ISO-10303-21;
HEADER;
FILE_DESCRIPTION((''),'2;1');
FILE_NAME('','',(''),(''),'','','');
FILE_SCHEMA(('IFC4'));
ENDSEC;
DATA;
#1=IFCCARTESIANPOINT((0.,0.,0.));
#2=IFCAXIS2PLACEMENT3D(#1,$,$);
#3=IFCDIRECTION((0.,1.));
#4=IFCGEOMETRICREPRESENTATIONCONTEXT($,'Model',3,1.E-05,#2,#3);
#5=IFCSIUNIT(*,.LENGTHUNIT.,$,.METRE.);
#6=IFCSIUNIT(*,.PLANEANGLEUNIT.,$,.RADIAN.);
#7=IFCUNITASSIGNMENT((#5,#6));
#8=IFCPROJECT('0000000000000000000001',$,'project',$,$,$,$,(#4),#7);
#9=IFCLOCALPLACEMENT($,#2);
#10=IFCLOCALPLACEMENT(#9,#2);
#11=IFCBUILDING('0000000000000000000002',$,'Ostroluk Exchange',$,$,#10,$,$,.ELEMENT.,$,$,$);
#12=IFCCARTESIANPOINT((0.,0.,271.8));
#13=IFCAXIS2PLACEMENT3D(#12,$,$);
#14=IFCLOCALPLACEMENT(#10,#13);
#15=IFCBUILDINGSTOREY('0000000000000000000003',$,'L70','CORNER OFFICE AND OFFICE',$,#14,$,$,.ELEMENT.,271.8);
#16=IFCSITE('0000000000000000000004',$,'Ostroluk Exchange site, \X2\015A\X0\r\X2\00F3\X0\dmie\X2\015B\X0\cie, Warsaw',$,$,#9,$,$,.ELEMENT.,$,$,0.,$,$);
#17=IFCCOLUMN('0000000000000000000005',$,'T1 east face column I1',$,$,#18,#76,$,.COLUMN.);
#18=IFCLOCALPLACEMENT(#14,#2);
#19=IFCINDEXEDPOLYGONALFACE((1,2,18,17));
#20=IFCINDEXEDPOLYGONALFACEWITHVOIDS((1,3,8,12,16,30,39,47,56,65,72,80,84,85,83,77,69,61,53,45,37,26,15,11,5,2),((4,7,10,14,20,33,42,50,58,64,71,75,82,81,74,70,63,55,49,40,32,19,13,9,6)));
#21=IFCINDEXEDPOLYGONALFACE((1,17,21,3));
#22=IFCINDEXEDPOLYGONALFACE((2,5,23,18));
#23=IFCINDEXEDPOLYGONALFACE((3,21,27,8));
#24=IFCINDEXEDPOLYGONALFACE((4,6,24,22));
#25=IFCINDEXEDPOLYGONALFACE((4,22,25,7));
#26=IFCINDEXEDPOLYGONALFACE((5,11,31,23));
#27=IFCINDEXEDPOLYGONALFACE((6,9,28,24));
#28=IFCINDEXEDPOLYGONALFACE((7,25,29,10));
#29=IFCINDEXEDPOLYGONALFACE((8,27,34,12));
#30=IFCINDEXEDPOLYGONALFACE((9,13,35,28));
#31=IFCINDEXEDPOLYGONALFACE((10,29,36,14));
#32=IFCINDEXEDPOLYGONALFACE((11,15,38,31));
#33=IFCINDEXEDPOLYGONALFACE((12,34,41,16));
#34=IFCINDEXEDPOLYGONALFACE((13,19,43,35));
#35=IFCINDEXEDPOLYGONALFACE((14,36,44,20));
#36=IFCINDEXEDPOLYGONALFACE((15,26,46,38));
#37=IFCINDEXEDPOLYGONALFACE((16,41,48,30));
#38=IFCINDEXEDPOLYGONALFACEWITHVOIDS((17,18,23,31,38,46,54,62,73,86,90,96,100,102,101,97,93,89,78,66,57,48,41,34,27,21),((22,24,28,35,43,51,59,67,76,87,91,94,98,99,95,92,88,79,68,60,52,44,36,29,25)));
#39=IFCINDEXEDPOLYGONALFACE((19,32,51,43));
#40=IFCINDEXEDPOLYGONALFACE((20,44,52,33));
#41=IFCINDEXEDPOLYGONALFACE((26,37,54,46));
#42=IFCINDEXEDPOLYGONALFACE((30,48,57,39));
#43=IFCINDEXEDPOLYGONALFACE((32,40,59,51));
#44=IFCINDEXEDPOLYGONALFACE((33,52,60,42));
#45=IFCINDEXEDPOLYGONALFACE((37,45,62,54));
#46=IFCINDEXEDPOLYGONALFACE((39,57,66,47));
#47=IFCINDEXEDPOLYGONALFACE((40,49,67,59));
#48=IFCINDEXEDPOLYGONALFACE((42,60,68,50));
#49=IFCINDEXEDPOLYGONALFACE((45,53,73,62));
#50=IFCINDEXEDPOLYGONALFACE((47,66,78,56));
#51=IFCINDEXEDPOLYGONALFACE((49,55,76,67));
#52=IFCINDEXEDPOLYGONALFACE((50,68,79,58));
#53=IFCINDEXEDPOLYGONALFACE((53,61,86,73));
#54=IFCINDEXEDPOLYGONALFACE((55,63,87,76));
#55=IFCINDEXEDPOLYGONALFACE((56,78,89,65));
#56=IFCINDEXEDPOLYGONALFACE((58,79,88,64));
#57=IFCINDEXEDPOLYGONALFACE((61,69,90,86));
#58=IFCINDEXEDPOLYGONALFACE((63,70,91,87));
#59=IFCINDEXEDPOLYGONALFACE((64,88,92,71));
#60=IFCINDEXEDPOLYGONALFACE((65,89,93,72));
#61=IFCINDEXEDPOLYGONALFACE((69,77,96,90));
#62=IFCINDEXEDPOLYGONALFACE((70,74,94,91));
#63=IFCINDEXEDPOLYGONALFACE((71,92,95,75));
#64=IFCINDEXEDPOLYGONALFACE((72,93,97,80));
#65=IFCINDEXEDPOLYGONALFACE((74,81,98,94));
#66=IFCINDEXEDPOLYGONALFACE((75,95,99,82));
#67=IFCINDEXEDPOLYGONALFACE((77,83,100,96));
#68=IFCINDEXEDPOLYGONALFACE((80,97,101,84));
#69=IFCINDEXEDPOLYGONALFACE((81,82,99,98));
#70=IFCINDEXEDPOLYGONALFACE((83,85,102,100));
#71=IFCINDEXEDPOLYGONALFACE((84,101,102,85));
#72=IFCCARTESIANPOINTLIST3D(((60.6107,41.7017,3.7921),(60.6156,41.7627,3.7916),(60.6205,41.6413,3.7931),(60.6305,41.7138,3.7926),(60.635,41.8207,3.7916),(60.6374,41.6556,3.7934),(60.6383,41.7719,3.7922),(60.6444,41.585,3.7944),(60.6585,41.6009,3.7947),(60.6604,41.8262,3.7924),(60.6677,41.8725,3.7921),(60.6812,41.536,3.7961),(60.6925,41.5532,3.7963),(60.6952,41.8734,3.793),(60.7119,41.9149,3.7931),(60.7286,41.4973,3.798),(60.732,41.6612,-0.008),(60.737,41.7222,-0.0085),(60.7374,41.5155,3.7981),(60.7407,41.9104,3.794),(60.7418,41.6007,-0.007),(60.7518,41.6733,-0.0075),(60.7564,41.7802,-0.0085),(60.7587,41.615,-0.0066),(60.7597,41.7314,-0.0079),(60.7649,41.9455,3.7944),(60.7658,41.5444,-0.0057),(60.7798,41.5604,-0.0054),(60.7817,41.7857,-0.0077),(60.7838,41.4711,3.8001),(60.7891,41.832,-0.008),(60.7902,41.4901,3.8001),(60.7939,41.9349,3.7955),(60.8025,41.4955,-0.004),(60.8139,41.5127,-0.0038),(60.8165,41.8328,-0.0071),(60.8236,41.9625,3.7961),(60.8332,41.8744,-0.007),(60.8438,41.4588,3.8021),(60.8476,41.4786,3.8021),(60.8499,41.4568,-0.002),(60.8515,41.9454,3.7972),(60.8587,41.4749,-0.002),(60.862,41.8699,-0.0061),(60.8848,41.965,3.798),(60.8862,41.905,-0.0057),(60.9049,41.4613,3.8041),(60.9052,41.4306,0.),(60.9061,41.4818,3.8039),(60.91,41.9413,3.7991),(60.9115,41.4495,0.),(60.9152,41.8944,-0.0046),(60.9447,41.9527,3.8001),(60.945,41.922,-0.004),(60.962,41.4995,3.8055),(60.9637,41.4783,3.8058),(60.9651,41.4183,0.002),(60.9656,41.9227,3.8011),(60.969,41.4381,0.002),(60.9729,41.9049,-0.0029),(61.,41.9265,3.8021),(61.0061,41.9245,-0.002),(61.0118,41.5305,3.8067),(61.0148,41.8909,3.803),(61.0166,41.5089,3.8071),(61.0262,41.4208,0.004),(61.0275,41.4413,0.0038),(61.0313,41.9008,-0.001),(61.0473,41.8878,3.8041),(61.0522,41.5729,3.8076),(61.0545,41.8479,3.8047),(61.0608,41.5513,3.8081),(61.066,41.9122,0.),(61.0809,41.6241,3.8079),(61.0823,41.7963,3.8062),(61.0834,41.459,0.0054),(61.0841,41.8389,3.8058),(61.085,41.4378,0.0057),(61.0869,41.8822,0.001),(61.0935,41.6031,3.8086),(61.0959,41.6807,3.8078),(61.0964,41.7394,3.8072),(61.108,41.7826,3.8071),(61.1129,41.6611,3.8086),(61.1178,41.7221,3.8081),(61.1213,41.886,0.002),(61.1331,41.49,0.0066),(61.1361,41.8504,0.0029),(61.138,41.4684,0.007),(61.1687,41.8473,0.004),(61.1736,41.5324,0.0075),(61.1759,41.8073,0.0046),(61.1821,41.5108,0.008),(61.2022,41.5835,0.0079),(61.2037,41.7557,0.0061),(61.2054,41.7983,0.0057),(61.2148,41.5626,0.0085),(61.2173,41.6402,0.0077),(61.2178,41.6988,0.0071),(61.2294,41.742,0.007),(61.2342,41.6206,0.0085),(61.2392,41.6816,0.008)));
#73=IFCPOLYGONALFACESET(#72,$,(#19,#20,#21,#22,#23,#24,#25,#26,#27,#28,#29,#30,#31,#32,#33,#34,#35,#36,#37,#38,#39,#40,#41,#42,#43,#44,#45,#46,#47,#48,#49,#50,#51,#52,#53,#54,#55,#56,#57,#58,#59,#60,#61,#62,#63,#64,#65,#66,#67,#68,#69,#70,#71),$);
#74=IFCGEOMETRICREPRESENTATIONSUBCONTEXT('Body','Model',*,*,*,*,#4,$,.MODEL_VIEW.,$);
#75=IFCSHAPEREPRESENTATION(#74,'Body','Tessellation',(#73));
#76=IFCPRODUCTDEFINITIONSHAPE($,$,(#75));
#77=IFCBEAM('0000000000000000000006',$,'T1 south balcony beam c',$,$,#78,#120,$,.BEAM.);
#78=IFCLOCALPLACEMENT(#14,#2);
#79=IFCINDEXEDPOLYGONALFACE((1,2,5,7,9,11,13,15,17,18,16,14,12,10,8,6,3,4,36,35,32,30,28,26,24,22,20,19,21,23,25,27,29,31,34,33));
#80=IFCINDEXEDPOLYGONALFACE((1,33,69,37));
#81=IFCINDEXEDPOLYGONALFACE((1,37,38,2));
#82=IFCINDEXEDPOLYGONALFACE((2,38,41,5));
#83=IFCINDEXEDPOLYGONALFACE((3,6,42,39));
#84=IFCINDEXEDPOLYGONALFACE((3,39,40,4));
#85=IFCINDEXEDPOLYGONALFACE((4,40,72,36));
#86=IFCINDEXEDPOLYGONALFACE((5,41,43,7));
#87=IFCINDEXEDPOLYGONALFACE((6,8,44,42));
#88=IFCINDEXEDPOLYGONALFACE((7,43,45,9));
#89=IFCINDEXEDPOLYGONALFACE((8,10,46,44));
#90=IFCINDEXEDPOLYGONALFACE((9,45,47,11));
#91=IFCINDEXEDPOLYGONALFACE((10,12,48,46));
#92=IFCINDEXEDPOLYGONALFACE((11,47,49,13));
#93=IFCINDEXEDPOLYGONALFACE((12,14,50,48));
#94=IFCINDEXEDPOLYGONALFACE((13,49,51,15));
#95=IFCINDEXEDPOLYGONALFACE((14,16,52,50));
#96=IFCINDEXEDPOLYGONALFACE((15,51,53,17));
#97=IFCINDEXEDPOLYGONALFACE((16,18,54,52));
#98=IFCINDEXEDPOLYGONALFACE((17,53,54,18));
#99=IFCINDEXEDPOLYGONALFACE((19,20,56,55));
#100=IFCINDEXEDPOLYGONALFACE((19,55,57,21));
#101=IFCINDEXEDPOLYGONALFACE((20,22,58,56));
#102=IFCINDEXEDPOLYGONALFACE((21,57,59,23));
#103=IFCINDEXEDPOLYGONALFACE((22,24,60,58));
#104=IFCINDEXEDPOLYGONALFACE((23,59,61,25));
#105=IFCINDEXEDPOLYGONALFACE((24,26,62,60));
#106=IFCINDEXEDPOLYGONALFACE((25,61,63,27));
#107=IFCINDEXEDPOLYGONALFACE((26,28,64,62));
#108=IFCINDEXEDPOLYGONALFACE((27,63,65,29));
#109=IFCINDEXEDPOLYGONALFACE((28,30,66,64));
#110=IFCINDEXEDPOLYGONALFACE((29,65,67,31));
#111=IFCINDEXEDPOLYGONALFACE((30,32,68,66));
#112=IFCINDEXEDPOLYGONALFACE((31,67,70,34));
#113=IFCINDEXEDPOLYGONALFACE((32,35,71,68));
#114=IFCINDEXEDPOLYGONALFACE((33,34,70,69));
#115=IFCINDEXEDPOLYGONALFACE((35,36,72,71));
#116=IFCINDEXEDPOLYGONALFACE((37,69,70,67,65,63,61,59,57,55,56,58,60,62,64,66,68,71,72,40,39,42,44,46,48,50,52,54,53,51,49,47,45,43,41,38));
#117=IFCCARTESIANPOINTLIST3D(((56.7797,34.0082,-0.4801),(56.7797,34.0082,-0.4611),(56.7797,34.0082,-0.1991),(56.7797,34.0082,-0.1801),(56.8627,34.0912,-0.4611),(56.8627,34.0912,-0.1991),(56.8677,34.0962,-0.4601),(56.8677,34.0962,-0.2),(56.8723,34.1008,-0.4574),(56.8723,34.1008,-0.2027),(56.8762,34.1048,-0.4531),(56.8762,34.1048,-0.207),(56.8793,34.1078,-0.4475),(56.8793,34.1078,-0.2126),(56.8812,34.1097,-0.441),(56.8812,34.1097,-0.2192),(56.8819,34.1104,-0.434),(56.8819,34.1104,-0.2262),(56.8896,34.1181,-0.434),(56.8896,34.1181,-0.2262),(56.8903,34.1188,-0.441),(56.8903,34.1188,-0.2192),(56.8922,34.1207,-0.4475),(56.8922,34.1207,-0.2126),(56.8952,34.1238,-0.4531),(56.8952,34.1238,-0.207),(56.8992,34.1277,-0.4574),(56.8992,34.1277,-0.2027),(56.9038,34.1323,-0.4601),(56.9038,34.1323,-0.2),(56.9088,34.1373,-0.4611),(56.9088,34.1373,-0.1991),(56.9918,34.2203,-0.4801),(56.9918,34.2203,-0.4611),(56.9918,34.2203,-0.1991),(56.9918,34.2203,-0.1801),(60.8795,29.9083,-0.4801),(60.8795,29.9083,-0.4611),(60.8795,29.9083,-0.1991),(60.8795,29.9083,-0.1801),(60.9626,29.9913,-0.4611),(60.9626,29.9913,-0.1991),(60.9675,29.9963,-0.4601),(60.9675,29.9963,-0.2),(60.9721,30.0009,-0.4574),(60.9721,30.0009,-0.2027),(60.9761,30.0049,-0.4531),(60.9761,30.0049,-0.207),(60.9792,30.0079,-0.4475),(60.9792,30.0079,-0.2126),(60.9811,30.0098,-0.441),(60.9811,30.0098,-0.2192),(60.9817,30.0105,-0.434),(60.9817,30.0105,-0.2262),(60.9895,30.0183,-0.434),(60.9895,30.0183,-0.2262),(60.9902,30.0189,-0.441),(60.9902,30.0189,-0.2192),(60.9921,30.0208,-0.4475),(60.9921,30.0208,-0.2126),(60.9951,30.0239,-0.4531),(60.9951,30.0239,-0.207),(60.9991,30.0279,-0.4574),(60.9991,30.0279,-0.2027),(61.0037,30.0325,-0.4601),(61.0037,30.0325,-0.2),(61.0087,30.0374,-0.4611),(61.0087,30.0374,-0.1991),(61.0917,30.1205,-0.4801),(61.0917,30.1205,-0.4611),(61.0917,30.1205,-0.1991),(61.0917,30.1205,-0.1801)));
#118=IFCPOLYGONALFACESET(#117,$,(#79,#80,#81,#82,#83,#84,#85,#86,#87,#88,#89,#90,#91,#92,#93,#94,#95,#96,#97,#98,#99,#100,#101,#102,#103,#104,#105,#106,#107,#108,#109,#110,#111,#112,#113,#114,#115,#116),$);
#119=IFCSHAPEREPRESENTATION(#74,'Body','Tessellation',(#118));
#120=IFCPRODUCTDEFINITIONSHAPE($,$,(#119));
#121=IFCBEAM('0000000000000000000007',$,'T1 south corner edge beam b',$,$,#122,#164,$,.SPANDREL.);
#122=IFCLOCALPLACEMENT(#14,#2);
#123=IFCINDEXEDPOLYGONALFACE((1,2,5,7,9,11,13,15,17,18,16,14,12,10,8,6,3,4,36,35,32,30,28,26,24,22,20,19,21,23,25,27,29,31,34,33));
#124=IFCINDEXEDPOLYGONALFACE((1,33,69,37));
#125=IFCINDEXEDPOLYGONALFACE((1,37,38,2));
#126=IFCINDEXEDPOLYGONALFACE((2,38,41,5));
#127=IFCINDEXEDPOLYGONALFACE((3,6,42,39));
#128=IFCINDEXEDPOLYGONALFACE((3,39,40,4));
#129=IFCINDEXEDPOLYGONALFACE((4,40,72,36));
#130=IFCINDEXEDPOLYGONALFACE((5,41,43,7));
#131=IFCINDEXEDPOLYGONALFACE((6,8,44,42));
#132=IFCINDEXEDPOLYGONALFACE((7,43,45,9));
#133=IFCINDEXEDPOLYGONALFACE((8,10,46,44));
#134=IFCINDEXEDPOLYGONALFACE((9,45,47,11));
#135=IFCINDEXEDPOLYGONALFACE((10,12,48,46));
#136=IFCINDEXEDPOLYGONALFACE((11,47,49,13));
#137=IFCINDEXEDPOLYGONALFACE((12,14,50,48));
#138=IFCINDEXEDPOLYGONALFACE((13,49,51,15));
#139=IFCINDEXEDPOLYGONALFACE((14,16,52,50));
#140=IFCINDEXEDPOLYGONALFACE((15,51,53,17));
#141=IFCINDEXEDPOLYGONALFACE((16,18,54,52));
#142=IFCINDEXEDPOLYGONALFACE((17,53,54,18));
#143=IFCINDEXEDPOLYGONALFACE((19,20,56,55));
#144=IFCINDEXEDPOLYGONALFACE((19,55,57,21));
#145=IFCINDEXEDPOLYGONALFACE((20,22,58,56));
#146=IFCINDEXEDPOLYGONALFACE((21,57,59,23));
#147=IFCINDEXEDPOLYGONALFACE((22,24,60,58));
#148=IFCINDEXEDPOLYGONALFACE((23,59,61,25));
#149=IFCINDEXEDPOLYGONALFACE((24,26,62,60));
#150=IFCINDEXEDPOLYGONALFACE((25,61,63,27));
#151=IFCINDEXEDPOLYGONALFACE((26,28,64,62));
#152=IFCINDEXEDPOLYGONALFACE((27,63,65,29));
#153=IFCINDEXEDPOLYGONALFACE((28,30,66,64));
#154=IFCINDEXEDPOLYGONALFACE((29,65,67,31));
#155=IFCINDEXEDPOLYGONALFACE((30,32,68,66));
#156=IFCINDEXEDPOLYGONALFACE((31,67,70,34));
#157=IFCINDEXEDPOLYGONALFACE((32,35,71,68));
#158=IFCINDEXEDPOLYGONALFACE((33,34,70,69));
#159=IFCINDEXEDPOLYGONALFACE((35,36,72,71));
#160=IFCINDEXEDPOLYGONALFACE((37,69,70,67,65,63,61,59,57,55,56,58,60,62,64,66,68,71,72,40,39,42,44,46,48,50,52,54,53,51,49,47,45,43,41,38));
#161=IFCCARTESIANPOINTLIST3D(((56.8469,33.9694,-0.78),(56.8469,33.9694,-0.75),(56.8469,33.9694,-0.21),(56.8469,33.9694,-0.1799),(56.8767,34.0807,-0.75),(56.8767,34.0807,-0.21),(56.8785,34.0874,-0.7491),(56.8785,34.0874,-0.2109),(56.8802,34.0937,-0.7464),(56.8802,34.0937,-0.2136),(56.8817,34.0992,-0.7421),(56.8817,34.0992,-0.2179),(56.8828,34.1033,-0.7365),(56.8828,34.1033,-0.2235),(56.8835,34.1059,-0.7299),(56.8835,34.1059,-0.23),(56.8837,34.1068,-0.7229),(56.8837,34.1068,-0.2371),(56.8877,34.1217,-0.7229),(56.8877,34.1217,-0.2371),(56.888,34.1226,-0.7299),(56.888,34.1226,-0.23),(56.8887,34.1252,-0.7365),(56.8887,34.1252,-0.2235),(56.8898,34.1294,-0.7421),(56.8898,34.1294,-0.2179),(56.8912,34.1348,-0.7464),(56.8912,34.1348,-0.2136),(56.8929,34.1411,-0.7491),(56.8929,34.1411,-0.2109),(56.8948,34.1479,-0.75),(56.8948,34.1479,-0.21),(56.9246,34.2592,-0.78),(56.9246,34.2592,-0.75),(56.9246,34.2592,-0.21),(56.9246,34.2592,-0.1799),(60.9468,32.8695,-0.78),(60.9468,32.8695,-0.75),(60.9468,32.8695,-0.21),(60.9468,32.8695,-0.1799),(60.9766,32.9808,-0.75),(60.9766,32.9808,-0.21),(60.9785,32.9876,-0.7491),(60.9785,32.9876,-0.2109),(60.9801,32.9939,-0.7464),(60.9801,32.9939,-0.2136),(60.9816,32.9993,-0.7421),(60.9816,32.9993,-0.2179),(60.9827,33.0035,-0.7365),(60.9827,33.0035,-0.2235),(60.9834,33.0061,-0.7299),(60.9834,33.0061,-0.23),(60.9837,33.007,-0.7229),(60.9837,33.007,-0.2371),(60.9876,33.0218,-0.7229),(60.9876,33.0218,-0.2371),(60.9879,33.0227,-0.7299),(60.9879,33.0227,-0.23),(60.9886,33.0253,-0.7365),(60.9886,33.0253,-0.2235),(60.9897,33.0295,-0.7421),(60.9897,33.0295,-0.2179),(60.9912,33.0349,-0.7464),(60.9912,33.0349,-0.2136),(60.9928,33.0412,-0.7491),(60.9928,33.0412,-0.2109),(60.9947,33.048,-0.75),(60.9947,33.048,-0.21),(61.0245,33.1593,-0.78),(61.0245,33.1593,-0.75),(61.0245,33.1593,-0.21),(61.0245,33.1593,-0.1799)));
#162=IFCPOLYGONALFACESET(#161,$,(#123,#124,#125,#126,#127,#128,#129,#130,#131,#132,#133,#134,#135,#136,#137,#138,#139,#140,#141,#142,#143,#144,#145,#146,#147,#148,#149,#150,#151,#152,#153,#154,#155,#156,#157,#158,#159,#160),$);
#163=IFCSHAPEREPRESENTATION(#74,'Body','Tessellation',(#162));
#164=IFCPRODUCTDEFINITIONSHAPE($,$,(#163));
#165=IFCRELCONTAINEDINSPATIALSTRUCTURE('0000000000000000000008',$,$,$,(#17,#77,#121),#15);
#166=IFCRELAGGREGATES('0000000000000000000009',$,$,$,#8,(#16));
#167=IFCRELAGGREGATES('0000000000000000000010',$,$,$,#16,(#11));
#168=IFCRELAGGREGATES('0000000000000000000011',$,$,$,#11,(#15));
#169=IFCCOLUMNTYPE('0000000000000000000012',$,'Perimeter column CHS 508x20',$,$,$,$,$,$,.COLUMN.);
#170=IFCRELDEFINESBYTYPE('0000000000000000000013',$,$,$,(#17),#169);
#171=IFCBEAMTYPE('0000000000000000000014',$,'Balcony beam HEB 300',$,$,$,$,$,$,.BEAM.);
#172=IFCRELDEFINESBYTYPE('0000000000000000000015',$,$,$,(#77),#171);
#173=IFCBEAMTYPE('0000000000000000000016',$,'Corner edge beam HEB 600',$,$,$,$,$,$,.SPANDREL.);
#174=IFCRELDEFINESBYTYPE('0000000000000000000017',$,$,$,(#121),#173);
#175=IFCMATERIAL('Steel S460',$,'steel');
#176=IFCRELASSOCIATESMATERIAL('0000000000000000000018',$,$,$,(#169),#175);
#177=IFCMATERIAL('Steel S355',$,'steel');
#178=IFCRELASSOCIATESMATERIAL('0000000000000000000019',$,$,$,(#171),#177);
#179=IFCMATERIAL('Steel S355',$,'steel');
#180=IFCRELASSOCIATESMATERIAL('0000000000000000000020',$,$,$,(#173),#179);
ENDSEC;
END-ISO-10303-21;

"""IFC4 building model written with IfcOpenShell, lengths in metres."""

from ifc_helpers import new_model, si_unit, direction, frame, origin, origin_2d, place, context, subcontext, project, spatial, hollow_circle, i_section, extrude, material, material_profile, profile_set, type_object, element, save


model = new_model("IFC4")

# Units and contexts
model_context = context("Model", 3, precision=1e-05, world=origin(), true_north=direction((0.0, 1.0)))
body_context = subcontext(model_context, "Body", "Model", "MODEL_VIEW")
ifc_project = project(units=[si_unit("LENGTHUNIT", "METRE"), si_unit("PLANEANGLEUNIT", "RADIAN")], contexts=[model_context])

# Site, building, storey
site_placement = place(None, origin())
site = spatial("IfcSite", under=ifc_project, at=site_placement, Name="Ostroluk Exchange site, Śródmieście, Warsaw", CompositionType="ELEMENT", RefElevation=0.0)
building_placement = place(site_placement, origin())
building = spatial("IfcBuilding", under=site, at=building_placement, Name="Ostroluk Exchange", CompositionType="ELEMENT")
storey_placement = place(building_placement, frame((0.0, 0.0, 271.8)))
storey = spatial("IfcBuildingStorey", under=building, at=storey_placement, Name="L70", Description="CORNER OFFICE AND OFFICE", CompositionType="ELEMENT", Elevation=271.8)

# Column
ifc_material_1 = material(Name="Steel S460", Category="steel")
ifc_material_profile_1 = material_profile(ifc_material_1, hollow_circle(Radius=0.2539, WallThickness=0.02, at=origin_2d()), Name="CHS 508x20")
ifc_profile_set_1 = profile_set([ifc_material_profile_1], Name="Steel S460")
column_type = type_object("IfcColumnType", Name="Perimeter column CHS 508x20", PredefinedType="COLUMN", material=ifc_profile_set_1)
column_placement = place(storey_placement, frame((60.9856, 41.6714, 0.0), z_axis=(-0.031913, 0.010659, 0.999434), x_axis=(-0.3168, -0.948492, 0.0)))
element("IfcColumn", 1, at=column_placement, inside=storey, type_object=column_type, Name="T1 east face column I1", PredefinedType="COLUMN", context=body_context, shape_type="SweptSolid", body=[
    extrude(hollow_circle(Radius=0.2539, WallThickness=0.02, at=origin_2d()), origin(), (0.0, 0.0, 1.0), 3.8022),
])

# Beams
ifc_material_2 = material(Name="Steel S355", Category="steel")
ifc_material_profile_2 = material_profile(ifc_material_2, i_section(OverallWidth=0.3, OverallDepth=0.3, WebThickness=0.011, FlangeThickness=0.019, FilletRadius=0.0271, at=origin_2d()), Name="HEB 300")
ifc_profile_set_2 = profile_set([ifc_material_profile_2], Name="Steel S355")
beam_type_1 = type_object("IfcBeamType", Name="Balcony beam HEB 300", PredefinedType="BEAM", material=ifc_profile_set_2)
beam_1_placement = place(storey_placement, frame((56.8857, 34.1143, -0.3301), z_axis=(0.707107, -0.707107, 0.0), x_axis=(0.707107, 0.707107, 0.0)))
element("IfcBeam", 2, at=beam_1_placement, inside=storey, type_object=beam_type_1, Name="T1 south balcony beam c", PredefinedType="BEAM", context=body_context, shape_type="SweptSolid", body=[
    extrude(i_section(OverallWidth=0.3, OverallDepth=0.3, WebThickness=0.011, FlangeThickness=0.019, FilletRadius=0.0271, at=origin_2d()), origin(), (0.0, 0.0, 1.0), 5.7981),
])
ifc_material_3 = material(Name="Steel S355", Category="steel")
ifc_material_profile_3 = material_profile(ifc_material_3, i_section(OverallWidth=0.3, OverallDepth=0.6001, WebThickness=0.0154, FlangeThickness=0.03, FilletRadius=0.0271, at=origin_2d()), Name="HEB 600")
ifc_profile_set_3 = profile_set([ifc_material_profile_3], Name="Steel S355")
beam_type_2 = type_object("IfcBeamType", Name="Corner edge beam HEB 600", PredefinedType="SPANDREL", material=ifc_profile_set_3)
beam_2_placement = place(storey_placement, frame((56.8857, 34.1143, -0.48), z_axis=(0.965849, -0.259105, 0.0), x_axis=(0.259105, 0.965849, 0.0)))
element("IfcBeam", 3, at=beam_2_placement, inside=storey, type_object=beam_type_2, Name="T1 south corner edge beam b", PredefinedType="SPANDREL", context=body_context, shape_type="SweptSolid", body=[
    extrude(i_section(OverallWidth=0.3, OverallDepth=0.6001, WebThickness=0.0154, FlangeThickness=0.03, FilletRadius=0.0271, at=origin_2d()), origin(), (0.0, 0.0, 1.0), 4.2449),
])

save(model, "model.ifc")
